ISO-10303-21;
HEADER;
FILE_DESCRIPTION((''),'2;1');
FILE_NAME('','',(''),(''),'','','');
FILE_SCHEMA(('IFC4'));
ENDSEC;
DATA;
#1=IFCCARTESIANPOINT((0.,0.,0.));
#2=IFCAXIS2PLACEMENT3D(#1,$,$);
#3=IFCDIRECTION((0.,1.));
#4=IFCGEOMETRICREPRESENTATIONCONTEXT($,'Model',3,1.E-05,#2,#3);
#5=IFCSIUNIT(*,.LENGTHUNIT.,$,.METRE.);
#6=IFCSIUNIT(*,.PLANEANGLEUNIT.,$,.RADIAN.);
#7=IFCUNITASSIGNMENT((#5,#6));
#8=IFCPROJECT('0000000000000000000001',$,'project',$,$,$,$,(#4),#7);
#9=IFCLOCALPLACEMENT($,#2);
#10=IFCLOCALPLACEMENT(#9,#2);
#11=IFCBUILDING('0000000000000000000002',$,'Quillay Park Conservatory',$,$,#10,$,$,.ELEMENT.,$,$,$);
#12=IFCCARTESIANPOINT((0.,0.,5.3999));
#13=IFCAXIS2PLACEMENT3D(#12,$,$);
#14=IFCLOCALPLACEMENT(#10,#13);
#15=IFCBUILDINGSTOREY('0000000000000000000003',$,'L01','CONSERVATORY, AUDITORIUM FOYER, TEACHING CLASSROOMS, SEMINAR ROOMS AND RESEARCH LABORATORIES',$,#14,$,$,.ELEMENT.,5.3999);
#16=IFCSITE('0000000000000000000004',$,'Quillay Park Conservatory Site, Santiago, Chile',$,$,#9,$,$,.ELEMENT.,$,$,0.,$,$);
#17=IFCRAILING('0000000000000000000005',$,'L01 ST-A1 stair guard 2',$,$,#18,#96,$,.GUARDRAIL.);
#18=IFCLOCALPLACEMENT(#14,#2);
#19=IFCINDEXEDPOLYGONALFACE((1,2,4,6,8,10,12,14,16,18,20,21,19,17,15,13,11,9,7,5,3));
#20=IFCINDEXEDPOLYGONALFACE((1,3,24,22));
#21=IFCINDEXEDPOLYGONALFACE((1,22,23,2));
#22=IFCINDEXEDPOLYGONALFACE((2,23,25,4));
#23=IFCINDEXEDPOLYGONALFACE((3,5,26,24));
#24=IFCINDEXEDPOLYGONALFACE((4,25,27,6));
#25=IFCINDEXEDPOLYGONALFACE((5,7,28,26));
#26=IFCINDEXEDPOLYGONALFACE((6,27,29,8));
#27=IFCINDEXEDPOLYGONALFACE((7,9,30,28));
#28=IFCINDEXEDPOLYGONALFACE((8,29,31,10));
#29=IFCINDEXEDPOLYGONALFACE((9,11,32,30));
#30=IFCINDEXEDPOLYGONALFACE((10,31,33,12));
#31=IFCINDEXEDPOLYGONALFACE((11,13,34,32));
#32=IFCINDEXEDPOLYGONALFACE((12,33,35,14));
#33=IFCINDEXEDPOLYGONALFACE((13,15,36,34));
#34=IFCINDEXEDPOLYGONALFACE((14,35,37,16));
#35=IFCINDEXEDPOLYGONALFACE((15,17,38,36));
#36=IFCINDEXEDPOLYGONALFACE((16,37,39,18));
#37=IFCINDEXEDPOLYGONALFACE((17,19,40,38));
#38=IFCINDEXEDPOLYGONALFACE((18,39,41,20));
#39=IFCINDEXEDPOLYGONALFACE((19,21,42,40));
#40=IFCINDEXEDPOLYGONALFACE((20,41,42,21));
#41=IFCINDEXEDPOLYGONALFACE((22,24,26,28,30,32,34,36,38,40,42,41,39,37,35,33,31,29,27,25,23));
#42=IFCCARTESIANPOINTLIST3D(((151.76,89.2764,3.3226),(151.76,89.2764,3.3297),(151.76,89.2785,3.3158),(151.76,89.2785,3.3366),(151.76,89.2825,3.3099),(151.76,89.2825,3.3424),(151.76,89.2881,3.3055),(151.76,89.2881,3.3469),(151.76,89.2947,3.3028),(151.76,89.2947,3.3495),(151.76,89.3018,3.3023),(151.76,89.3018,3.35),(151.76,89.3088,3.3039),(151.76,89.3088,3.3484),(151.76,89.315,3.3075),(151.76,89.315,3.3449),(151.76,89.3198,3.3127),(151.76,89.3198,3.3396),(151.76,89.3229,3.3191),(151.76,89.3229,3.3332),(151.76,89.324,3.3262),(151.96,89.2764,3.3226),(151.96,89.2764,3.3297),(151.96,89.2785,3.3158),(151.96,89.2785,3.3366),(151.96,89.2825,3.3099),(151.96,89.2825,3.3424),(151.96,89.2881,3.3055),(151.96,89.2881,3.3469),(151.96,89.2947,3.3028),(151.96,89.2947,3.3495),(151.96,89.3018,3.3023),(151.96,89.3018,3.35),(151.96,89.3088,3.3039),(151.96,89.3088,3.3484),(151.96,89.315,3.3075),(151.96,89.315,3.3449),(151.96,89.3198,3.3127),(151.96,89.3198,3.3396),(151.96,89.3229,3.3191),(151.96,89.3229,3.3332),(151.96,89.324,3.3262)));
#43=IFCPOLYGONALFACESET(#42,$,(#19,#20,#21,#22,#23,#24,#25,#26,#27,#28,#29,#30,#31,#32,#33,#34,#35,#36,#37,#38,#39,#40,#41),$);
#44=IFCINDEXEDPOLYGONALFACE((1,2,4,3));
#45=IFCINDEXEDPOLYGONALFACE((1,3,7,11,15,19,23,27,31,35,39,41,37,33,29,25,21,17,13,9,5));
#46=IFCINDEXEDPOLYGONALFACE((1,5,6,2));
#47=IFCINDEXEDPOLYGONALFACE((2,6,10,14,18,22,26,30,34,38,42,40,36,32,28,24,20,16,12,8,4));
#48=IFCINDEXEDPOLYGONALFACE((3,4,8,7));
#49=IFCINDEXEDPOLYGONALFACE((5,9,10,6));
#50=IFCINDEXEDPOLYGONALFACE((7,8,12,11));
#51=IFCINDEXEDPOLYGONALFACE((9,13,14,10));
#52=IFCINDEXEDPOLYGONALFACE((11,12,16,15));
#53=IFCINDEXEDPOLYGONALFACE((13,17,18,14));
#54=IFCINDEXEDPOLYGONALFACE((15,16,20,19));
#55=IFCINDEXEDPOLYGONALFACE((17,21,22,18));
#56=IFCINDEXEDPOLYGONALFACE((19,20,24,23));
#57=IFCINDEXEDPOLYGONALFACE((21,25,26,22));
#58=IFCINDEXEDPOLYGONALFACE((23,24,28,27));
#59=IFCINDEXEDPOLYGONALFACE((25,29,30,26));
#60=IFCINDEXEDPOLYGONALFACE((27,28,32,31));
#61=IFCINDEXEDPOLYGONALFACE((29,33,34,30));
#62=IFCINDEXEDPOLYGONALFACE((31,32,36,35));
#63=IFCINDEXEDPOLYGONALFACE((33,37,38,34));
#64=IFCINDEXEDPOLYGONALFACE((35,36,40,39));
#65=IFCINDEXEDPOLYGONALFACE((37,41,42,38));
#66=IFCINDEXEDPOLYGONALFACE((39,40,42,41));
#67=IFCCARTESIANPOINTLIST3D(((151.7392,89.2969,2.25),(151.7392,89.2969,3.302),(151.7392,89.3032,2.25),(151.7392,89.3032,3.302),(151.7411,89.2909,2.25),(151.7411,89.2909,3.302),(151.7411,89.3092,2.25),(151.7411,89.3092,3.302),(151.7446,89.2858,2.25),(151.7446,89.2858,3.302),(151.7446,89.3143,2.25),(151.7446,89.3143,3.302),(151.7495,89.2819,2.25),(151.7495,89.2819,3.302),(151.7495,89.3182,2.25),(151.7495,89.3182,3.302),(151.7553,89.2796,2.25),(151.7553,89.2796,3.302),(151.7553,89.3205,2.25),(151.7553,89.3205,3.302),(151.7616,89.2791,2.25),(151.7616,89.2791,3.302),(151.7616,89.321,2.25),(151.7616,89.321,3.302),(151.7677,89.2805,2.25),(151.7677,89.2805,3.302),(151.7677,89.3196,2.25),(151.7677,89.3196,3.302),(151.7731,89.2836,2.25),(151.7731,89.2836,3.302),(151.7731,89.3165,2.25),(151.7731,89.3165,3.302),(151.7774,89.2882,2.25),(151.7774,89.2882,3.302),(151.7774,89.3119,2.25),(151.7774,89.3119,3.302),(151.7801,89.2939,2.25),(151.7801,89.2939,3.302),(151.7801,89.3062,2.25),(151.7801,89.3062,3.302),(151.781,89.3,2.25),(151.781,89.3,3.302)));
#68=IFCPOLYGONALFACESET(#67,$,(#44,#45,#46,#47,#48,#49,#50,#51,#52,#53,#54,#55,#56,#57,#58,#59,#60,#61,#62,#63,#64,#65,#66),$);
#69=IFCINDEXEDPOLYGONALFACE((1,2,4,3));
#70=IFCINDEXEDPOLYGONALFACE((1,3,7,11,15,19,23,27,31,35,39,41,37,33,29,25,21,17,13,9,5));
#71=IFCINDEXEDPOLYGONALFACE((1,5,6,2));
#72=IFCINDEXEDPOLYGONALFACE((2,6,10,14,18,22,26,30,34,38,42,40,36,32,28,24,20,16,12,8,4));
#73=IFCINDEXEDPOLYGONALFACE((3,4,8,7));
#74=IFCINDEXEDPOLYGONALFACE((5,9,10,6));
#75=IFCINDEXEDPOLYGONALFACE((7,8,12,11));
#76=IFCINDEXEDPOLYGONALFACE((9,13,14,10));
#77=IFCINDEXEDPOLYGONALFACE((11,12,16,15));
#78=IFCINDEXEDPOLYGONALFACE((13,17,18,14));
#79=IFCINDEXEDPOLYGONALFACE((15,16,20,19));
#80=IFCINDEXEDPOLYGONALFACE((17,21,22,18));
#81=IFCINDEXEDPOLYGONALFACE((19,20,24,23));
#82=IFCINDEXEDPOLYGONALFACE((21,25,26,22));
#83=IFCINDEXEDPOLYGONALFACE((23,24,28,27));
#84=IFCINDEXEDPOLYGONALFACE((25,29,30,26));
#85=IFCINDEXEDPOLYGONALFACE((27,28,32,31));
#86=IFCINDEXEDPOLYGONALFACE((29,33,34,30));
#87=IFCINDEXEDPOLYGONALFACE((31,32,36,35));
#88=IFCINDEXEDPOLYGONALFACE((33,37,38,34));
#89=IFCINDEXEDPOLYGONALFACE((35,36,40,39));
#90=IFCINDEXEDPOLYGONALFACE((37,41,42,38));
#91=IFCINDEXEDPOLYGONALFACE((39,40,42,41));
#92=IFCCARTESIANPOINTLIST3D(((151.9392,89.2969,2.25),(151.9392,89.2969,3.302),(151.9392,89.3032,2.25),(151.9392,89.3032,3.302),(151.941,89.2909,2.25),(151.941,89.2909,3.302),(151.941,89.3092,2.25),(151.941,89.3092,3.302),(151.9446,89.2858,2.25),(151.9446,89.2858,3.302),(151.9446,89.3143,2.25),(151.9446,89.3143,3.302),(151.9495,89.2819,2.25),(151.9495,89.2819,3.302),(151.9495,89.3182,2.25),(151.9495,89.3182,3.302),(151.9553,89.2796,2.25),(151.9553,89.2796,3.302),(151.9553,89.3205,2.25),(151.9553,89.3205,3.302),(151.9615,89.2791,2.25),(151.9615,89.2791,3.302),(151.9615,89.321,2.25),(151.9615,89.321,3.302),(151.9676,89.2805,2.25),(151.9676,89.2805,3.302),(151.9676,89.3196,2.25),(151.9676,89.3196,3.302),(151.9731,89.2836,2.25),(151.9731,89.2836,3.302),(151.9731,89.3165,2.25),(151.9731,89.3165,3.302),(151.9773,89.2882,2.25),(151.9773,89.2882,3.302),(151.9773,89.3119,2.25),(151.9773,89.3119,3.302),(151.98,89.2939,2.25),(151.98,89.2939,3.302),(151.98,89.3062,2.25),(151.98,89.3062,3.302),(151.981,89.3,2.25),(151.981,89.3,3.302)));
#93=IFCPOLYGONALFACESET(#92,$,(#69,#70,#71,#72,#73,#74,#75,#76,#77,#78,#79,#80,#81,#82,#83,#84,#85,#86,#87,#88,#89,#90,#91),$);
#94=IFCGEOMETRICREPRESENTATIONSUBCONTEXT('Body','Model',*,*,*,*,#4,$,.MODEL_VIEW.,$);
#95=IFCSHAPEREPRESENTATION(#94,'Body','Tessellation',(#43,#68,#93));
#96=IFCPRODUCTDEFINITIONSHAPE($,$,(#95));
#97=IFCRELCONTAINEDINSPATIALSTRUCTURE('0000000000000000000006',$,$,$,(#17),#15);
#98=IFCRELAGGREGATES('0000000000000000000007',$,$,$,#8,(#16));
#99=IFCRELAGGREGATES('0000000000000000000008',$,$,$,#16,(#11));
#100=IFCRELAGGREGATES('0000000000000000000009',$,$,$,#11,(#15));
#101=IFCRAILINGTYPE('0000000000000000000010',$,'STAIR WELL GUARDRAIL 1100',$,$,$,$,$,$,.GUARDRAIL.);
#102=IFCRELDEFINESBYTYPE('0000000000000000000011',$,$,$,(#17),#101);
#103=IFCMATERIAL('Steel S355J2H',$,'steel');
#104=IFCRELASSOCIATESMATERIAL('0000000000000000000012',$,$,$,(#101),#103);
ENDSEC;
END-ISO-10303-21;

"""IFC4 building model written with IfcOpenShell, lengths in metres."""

from ifc_helpers import new_model, si_unit, direction, frame, origin, origin_2d, place, context, subcontext, project, spatial, circle, extrude, material, type_object, element, save


model = new_model("IFC4")

# Units and contexts
model_context = context("Model", 3, precision=1e-05, world=origin(), true_north=direction((0.0, 1.0)))
body_context = subcontext(model_context, "Body", "Model", "MODEL_VIEW")
ifc_project = project(units=[si_unit("LENGTHUNIT", "METRE"), si_unit("PLANEANGLEUNIT", "RADIAN")], contexts=[model_context])

# Site, building, storey
site_placement = place(None, origin())
site = spatial("IfcSite", under=ifc_project, at=site_placement, Name="Quillay Park Conservatory Site, Santiago, Chile", CompositionType="ELEMENT", RefElevation=0.0)
building_placement = place(site_placement, origin())
building = spatial("IfcBuilding", under=site, at=building_placement, Name="Quillay Park Conservatory", CompositionType="ELEMENT")
storey_placement = place(building_placement, frame((0.0, 0.0, 5.3999)))
storey = spatial("IfcBuildingStorey", under=building, at=storey_placement, Name="L01", Description="CONSERVATORY, AUDITORIUM FOYER, TEACHING CLASSROOMS, SEMINAR ROOMS AND RESEARCH LABORATORIES", CompositionType="ELEMENT", Elevation=5.3999)

# Railing
ifc_material_1 = material(Name="Steel S355J2H", Category="steel")
railing_type_1 = type_object("IfcRailingType", Name="STAIR WELL GUARDRAIL 1100", PredefinedType="GUARDRAIL", material=ifc_material_1)
railing_1_placement = place(storey_placement, frame((151.76, 89.3, 2.25)))
element("IfcRailing", 1, at=railing_1_placement, inside=storey, type_object=railing_type_1, Name="L01 ST-A1 stair guard 2", PredefinedType="GUARDRAIL", context=body_context, shape_type="SweptSolid", body=[
    extrude(circle(Radius=0.0239, at=origin_2d()), frame((0.0, 0.0, 1.0762), z_axis=(1.0, 0.0, 0.0), x_axis=(0.0, 1.0, 0.0)), (0.0, 0.0, 1.0), 0.2),
    extrude(circle(Radius=0.021, at=origin_2d()), origin(), (0.0, 0.0, 1.0), 1.052),
    extrude(circle(Radius=0.021, at=origin_2d()), frame((0.2, 0.0, 0.0)), (0.0, 0.0, 1.0), 1.052),
])

save(model, "model.ifc")
